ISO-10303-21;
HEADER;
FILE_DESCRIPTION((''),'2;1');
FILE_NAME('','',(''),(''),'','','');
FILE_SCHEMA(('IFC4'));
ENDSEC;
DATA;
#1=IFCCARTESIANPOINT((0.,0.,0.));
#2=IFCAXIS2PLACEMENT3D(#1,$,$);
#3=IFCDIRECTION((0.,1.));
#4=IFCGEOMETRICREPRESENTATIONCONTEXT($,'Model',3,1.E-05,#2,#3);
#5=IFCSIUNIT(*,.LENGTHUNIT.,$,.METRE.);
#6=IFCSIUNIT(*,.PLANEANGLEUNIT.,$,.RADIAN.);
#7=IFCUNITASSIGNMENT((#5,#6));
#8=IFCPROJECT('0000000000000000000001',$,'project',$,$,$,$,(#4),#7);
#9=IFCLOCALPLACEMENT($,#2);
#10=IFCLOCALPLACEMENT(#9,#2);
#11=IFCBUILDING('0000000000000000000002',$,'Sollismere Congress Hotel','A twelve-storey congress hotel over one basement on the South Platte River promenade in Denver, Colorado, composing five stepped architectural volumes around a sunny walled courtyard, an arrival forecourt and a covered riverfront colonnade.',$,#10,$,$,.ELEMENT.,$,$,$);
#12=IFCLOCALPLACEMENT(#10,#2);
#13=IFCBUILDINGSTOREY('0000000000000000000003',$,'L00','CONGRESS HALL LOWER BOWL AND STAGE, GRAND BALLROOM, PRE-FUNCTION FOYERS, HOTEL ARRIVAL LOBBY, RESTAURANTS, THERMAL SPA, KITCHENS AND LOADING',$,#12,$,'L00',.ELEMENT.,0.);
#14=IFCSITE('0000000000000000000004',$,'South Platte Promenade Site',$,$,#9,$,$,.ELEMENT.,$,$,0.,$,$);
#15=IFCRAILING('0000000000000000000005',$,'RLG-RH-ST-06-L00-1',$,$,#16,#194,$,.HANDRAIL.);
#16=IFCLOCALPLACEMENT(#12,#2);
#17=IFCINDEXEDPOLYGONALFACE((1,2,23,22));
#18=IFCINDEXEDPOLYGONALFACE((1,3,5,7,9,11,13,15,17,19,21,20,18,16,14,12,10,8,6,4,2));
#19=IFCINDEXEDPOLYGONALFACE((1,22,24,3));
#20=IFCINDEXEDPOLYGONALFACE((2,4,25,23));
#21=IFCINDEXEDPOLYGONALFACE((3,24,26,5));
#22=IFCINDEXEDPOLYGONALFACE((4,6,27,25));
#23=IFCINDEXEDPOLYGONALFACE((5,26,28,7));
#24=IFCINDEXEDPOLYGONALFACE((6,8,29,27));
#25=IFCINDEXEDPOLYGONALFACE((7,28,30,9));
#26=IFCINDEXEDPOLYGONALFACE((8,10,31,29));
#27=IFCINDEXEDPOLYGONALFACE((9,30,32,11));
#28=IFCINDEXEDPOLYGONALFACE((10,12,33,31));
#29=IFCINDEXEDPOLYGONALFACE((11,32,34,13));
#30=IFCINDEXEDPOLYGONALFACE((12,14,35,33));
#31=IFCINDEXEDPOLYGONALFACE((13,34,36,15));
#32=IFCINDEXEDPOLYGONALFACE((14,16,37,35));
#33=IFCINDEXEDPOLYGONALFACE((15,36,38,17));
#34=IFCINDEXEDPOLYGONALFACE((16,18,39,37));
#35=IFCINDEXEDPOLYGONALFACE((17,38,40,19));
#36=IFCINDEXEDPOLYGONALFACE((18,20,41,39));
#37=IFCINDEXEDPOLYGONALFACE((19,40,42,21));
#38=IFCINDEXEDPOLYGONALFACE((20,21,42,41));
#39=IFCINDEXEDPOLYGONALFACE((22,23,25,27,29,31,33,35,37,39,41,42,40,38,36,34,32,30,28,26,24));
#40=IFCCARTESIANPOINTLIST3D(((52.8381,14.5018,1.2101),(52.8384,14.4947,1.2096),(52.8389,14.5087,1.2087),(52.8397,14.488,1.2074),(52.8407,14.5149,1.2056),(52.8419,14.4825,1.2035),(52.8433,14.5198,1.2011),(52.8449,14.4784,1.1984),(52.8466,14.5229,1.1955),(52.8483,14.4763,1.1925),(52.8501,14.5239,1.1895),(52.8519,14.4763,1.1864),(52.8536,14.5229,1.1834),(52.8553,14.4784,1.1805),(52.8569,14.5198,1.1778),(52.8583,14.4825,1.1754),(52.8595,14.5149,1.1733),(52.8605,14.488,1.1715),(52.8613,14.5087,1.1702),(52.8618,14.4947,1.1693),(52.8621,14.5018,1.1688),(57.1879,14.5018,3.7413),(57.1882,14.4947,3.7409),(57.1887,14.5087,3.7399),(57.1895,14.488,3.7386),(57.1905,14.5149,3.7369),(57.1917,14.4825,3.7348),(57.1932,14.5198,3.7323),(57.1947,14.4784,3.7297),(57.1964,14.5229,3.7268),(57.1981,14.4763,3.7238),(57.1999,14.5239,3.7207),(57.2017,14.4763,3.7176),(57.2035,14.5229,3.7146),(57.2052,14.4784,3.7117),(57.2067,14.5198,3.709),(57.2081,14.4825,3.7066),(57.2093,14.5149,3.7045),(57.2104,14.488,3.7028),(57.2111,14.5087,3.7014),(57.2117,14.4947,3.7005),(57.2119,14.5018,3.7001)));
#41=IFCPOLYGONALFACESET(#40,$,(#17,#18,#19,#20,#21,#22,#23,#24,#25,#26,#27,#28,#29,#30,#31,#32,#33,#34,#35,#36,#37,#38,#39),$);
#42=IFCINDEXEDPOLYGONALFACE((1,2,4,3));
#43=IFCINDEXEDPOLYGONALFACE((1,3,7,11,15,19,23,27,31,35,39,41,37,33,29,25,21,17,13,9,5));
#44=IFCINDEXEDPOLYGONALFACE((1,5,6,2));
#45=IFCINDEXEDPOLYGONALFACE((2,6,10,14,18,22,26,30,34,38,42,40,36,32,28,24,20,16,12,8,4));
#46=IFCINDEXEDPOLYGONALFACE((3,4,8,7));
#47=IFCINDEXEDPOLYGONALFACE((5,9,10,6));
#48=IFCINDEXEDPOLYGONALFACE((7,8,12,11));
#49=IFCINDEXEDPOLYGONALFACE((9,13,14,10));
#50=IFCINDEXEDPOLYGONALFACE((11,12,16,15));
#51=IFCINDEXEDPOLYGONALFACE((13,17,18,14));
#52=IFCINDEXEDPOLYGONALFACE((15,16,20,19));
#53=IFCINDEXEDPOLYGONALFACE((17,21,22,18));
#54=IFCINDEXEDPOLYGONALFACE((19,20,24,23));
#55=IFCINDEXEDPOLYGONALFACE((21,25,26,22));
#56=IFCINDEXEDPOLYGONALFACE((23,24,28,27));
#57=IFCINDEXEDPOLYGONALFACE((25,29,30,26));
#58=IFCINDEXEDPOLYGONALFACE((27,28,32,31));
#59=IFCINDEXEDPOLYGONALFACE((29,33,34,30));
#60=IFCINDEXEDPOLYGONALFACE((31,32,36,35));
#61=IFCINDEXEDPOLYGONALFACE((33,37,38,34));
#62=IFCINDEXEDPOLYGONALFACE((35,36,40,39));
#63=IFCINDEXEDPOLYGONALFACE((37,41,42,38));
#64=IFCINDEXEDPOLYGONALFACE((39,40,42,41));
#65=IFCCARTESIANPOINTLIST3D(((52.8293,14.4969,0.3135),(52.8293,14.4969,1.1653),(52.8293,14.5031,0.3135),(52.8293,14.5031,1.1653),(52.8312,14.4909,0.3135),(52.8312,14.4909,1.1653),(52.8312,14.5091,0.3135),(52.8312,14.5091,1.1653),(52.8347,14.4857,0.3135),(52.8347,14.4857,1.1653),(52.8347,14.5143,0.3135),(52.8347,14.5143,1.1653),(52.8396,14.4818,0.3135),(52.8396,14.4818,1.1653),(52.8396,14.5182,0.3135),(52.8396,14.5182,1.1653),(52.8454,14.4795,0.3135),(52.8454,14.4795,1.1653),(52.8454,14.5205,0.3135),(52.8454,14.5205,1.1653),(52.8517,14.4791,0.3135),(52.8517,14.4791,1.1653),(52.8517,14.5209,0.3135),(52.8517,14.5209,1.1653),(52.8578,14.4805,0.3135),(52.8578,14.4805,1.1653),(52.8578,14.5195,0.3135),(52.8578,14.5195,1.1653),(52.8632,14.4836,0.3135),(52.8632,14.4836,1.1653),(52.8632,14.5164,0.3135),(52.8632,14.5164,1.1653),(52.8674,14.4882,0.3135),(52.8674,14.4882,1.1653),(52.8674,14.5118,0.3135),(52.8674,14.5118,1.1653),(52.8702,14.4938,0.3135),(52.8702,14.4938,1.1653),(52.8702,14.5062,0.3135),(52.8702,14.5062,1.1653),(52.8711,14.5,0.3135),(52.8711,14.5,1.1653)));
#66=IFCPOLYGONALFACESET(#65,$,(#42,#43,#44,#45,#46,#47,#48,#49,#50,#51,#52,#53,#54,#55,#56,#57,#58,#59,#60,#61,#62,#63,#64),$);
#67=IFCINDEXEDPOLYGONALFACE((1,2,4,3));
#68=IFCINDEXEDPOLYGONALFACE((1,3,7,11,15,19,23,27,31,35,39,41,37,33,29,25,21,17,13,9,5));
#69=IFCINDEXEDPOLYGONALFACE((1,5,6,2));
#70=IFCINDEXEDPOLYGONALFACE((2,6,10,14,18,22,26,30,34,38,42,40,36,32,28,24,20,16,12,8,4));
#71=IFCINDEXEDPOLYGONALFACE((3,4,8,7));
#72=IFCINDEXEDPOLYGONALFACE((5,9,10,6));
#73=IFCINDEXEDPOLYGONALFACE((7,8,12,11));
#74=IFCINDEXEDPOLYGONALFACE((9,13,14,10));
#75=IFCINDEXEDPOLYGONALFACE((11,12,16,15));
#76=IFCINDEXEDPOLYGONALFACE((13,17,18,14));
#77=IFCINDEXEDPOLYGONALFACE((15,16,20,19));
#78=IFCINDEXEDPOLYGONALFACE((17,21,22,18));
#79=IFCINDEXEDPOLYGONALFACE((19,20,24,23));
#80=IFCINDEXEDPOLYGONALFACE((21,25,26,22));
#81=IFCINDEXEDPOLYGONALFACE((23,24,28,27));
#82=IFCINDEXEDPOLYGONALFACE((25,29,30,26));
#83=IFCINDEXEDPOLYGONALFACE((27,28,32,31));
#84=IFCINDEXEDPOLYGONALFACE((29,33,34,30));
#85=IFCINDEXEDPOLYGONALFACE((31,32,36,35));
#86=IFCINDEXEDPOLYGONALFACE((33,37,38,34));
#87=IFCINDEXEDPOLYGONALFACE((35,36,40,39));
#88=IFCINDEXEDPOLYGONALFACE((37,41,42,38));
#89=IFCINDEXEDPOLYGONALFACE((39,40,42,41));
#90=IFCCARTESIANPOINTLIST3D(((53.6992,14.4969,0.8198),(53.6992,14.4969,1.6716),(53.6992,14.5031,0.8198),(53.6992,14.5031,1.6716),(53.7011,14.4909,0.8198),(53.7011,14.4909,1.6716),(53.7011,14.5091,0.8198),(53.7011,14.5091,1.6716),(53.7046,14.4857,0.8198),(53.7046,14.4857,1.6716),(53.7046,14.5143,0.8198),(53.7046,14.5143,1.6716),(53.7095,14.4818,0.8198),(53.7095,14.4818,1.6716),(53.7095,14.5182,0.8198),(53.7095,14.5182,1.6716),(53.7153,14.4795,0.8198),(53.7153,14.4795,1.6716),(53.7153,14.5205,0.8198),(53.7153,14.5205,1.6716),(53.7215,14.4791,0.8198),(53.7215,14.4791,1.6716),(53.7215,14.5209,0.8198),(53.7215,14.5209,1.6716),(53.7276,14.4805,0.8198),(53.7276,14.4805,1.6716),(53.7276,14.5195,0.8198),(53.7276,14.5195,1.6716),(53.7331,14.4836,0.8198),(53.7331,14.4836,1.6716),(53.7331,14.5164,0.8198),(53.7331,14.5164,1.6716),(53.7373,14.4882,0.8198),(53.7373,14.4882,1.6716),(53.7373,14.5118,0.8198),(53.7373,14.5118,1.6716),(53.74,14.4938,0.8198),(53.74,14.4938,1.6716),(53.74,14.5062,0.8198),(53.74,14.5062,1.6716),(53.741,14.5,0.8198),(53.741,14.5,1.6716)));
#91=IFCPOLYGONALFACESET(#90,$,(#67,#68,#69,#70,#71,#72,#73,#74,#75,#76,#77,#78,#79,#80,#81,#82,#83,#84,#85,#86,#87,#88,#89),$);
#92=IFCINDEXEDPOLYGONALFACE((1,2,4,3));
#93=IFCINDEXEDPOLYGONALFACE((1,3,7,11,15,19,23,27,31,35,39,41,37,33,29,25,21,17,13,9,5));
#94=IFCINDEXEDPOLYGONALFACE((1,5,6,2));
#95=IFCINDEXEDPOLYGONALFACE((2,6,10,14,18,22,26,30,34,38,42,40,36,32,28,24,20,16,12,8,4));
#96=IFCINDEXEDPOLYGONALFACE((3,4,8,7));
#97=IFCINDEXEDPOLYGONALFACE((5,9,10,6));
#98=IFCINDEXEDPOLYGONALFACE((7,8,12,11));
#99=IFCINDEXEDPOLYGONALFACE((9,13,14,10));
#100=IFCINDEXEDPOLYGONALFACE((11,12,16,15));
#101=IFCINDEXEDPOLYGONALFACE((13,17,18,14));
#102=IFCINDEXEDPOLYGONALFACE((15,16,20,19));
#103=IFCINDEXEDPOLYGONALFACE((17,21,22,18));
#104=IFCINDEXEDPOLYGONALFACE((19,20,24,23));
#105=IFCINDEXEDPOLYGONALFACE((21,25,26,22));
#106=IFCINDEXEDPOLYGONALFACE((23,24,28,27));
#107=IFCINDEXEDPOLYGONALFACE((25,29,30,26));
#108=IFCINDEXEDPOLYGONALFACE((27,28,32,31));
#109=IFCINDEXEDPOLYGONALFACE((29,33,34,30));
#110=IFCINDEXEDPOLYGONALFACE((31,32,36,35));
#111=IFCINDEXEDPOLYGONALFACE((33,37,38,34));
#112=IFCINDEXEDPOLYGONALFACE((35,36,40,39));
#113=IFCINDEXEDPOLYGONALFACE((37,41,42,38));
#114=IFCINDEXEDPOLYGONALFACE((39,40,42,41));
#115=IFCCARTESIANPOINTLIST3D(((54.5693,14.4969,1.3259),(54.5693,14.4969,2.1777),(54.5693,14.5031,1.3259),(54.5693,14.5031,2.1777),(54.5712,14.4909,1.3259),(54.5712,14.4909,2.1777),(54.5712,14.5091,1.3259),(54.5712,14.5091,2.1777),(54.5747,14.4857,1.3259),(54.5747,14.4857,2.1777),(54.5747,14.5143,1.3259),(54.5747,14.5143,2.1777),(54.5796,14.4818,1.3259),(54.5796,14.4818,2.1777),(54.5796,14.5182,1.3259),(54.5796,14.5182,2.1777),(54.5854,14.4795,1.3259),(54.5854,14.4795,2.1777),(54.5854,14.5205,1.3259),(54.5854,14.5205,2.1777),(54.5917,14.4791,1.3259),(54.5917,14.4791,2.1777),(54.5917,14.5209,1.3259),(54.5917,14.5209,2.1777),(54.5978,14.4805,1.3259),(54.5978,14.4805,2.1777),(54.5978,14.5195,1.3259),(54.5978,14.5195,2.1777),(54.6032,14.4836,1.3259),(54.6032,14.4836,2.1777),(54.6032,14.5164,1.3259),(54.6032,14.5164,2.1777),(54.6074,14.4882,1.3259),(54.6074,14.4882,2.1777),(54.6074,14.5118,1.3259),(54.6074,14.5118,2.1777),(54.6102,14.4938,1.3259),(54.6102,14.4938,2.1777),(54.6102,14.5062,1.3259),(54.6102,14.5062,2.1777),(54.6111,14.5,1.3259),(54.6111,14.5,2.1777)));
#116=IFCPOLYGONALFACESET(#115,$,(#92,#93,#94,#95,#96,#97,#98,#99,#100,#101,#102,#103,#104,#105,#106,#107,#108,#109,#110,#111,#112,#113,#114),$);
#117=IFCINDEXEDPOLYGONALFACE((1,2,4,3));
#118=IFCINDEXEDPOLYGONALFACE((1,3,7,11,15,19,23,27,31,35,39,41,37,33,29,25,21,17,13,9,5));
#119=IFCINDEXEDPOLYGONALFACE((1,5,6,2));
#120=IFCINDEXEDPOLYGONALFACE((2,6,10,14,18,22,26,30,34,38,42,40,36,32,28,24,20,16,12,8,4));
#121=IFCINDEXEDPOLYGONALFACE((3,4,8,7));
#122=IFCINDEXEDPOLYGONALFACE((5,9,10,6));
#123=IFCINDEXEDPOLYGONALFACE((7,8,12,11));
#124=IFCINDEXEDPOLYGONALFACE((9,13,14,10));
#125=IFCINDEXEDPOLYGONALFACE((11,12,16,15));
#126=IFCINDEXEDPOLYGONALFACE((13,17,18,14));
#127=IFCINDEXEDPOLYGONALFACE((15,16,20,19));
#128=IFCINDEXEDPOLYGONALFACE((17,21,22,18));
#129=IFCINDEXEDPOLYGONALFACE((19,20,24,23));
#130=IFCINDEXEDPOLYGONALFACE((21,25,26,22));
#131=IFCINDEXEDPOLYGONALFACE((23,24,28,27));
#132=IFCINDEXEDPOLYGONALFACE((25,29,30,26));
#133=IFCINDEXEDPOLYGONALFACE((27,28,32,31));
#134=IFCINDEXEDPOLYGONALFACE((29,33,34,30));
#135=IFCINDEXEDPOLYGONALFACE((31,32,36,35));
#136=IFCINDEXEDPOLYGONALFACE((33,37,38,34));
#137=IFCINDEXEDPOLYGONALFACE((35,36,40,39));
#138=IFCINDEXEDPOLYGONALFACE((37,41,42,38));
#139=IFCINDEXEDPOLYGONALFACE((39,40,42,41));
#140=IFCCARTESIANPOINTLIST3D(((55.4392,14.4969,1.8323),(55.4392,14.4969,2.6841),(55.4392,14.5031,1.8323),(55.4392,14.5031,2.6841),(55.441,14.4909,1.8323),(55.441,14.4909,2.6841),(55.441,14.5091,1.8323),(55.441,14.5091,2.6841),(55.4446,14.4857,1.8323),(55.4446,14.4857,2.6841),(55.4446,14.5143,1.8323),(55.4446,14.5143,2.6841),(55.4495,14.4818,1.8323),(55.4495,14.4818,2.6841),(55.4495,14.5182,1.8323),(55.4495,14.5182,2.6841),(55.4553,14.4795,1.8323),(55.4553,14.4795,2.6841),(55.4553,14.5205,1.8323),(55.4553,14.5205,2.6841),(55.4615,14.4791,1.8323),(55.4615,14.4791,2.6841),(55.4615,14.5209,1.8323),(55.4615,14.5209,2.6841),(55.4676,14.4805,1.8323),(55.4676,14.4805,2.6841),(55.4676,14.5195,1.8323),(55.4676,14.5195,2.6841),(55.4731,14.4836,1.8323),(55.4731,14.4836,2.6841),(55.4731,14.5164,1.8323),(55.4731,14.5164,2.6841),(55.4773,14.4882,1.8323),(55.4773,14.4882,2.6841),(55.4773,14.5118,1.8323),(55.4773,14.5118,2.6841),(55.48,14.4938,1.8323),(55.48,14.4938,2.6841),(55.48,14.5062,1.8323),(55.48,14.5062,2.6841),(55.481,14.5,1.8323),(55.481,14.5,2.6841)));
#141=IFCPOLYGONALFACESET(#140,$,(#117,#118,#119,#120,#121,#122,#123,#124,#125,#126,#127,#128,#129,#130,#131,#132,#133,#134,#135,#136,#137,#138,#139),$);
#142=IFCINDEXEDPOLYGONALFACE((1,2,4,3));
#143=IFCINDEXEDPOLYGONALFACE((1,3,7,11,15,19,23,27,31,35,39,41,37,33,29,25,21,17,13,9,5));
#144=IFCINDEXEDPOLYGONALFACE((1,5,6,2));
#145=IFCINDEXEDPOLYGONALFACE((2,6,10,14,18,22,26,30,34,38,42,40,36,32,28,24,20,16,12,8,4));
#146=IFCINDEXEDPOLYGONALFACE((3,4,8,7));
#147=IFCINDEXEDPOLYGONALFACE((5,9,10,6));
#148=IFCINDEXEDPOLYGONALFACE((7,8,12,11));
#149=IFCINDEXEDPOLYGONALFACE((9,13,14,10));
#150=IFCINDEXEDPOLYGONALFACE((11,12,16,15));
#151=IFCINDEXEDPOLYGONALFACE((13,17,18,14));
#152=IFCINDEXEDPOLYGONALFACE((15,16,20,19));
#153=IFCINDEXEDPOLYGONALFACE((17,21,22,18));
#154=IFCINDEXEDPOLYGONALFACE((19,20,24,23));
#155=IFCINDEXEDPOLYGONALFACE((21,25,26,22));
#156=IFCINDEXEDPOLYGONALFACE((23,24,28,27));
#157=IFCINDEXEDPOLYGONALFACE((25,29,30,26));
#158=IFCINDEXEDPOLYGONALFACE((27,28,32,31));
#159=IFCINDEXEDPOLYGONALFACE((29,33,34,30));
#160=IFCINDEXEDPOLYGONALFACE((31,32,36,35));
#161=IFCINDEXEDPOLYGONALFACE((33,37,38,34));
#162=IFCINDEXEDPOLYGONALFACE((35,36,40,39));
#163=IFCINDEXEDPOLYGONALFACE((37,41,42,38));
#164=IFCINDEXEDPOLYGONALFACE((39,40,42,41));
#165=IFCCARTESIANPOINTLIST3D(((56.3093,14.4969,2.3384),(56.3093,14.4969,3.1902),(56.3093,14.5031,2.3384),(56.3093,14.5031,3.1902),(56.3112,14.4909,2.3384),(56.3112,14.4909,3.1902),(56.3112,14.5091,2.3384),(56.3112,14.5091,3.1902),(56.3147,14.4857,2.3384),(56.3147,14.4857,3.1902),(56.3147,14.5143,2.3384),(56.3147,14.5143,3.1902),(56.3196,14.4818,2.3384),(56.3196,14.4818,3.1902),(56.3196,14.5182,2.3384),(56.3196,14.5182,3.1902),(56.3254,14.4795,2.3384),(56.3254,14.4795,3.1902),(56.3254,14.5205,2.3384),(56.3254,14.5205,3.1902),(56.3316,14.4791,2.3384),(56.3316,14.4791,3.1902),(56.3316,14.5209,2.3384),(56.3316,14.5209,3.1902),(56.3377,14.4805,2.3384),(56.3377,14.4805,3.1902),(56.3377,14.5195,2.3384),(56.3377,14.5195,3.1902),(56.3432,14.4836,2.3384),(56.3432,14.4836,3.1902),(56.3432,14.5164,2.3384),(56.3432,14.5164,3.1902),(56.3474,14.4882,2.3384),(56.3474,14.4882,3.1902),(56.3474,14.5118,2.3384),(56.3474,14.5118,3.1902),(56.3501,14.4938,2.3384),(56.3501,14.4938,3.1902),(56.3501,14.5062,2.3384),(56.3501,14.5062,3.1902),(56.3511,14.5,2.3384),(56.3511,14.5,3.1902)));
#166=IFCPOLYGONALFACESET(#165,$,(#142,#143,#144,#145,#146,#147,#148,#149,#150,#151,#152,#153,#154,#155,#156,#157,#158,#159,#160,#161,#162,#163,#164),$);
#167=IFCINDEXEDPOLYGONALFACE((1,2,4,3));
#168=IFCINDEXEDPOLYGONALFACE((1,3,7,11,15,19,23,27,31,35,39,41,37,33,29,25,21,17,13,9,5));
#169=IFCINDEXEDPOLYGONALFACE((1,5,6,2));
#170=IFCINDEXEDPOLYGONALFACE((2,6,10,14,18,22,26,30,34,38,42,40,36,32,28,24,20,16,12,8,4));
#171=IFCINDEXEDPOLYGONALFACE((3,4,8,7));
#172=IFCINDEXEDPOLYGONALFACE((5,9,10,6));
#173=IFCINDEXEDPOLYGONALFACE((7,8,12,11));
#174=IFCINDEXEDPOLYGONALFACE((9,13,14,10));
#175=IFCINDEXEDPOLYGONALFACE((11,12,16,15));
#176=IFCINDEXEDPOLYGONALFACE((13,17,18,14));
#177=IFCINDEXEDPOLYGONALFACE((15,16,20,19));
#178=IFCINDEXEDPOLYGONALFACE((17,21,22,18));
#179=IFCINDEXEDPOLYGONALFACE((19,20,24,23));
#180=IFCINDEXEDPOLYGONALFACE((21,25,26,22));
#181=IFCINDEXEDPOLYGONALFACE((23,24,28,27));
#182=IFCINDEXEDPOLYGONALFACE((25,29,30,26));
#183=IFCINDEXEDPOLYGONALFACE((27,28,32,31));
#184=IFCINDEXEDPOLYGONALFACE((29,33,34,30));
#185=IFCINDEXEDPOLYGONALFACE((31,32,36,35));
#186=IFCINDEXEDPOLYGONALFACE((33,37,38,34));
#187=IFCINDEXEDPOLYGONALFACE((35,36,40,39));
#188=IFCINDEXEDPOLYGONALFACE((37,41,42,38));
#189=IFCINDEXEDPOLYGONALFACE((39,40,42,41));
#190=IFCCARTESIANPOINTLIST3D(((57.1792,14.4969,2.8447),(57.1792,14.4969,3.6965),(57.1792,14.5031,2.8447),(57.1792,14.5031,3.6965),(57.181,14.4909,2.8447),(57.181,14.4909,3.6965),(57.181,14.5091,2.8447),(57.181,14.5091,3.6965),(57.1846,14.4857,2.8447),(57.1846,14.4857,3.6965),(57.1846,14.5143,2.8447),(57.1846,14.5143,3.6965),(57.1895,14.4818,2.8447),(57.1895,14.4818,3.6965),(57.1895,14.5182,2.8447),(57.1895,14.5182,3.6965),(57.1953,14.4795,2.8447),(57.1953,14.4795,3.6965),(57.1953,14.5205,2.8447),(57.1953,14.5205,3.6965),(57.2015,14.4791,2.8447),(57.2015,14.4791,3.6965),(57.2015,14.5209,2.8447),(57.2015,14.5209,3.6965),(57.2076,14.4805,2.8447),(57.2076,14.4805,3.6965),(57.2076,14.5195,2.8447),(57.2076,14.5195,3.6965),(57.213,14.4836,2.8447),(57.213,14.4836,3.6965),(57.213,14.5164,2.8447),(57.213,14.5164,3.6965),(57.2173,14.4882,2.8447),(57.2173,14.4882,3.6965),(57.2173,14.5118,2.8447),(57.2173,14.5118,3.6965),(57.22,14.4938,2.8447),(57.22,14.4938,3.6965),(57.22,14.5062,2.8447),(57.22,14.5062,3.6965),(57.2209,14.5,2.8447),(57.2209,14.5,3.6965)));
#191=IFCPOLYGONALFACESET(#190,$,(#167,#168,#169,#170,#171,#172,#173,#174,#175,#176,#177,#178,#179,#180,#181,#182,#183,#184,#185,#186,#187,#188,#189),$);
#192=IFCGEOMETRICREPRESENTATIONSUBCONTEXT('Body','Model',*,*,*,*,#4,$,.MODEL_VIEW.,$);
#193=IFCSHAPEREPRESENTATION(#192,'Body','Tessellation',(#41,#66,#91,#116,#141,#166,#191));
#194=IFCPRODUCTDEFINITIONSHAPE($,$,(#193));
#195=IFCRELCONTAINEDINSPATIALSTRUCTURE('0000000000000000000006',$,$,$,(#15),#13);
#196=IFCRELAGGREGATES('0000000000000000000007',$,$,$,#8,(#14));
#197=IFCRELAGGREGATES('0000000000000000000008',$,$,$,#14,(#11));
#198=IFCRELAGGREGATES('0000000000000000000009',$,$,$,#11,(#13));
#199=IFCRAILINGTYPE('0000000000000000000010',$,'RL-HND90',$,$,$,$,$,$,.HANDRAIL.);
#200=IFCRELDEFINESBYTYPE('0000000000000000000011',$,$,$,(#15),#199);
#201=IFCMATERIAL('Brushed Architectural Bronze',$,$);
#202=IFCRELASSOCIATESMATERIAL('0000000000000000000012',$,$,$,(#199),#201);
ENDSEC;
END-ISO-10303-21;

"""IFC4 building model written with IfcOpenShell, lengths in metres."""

from ifc_helpers import new_model, si_unit, direction, frame, origin, origin_2d, place, context, subcontext, project, spatial, circle, extrude, material, type_object, element, save


model = new_model("IFC4")

# Units and contexts
model_context = context("Model", 3, precision=1e-05, world=origin(), true_north=direction((0.0, 1.0)))
body_context = subcontext(model_context, "Body", "Model", "MODEL_VIEW")
ifc_project = project(units=[si_unit("LENGTHUNIT", "METRE"), si_unit("PLANEANGLEUNIT", "RADIAN")], contexts=[model_context])

# Site, building, storey
site_placement = place(None, origin())
site = spatial("IfcSite", under=ifc_project, at=site_placement, Name="South Platte Promenade Site", CompositionType="ELEMENT", RefElevation=0.0)
building_placement = place(site_placement, origin())
building = spatial("IfcBuilding", under=site, at=building_placement, Name="Sollismere Congress Hotel", Description="A twelve-storey congress hotel over one basement on the South Platte River promenade in Denver, Colorado, composing five stepped architectural volumes around a sunny walled courtyard, an arrival forecourt and a covered riverfront colonnade.", CompositionType="ELEMENT")
storey_placement = place(building_placement, origin())
storey = spatial("IfcBuildingStorey", under=building, at=storey_placement, Name="L00", Description="CONGRESS HALL LOWER BOWL AND STAGE, GRAND BALLROOM, PRE-FUNCTION FOYERS, HOTEL ARRIVAL LOBBY, RESTAURANTS, THERMAL SPA, KITCHENS AND LOADING", LongName="L00", CompositionType="ELEMENT", Elevation=0.0)

# Railing
ifc_material_1 = material(Name="Brushed Architectural Bronze")
railing_type_1 = type_object("IfcRailingType", Name="RL-HND90", PredefinedType="HANDRAIL", material=ifc_material_1)
railing_1_placement = place(storey_placement, frame((52.8501, 14.5, 0.3135)))
element("IfcRailing", 1, at=railing_1_placement, inside=storey, type_object=railing_type_1, Name="RLG-RH-ST-06-L00-1", PredefinedType="HANDRAIL", context=body_context, shape_type="SweptSolid", body=[
    extrude(circle(Radius=0.0239, at=origin_2d()), frame((0.0, 0.0, 0.876), z_axis=(0.864312, 0.0, 0.502957), x_axis=(0.0, 1.0, 0.0)), (0.0, 0.0, 1.0), 5.0327),
    extrude(circle(Radius=0.021, at=origin_2d()), origin(), (0.0, 0.0, 1.0), 0.8518),
    extrude(circle(Radius=0.021, at=origin_2d()), frame((0.8699, 0.0, 0.5063)), (0.0, 0.0, 1.0), 0.8518),
    extrude(circle(Radius=0.021, at=origin_2d()), frame((1.74, 0.0, 1.0125)), (0.0, 0.0, 1.0), 0.8518),
    extrude(circle(Radius=0.021, at=origin_2d()), frame((2.6099, 0.0, 1.5188)), (0.0, 0.0, 1.0), 0.8518),
    extrude(circle(Radius=0.021, at=origin_2d()), frame((3.48, 0.0, 2.0249)), (0.0, 0.0, 1.0), 0.8518),
    extrude(circle(Radius=0.021, at=origin_2d()), frame((4.3499, 0.0, 2.5312)), (0.0, 0.0, 1.0), 0.8518),
])

save(model, "model.ifc")
